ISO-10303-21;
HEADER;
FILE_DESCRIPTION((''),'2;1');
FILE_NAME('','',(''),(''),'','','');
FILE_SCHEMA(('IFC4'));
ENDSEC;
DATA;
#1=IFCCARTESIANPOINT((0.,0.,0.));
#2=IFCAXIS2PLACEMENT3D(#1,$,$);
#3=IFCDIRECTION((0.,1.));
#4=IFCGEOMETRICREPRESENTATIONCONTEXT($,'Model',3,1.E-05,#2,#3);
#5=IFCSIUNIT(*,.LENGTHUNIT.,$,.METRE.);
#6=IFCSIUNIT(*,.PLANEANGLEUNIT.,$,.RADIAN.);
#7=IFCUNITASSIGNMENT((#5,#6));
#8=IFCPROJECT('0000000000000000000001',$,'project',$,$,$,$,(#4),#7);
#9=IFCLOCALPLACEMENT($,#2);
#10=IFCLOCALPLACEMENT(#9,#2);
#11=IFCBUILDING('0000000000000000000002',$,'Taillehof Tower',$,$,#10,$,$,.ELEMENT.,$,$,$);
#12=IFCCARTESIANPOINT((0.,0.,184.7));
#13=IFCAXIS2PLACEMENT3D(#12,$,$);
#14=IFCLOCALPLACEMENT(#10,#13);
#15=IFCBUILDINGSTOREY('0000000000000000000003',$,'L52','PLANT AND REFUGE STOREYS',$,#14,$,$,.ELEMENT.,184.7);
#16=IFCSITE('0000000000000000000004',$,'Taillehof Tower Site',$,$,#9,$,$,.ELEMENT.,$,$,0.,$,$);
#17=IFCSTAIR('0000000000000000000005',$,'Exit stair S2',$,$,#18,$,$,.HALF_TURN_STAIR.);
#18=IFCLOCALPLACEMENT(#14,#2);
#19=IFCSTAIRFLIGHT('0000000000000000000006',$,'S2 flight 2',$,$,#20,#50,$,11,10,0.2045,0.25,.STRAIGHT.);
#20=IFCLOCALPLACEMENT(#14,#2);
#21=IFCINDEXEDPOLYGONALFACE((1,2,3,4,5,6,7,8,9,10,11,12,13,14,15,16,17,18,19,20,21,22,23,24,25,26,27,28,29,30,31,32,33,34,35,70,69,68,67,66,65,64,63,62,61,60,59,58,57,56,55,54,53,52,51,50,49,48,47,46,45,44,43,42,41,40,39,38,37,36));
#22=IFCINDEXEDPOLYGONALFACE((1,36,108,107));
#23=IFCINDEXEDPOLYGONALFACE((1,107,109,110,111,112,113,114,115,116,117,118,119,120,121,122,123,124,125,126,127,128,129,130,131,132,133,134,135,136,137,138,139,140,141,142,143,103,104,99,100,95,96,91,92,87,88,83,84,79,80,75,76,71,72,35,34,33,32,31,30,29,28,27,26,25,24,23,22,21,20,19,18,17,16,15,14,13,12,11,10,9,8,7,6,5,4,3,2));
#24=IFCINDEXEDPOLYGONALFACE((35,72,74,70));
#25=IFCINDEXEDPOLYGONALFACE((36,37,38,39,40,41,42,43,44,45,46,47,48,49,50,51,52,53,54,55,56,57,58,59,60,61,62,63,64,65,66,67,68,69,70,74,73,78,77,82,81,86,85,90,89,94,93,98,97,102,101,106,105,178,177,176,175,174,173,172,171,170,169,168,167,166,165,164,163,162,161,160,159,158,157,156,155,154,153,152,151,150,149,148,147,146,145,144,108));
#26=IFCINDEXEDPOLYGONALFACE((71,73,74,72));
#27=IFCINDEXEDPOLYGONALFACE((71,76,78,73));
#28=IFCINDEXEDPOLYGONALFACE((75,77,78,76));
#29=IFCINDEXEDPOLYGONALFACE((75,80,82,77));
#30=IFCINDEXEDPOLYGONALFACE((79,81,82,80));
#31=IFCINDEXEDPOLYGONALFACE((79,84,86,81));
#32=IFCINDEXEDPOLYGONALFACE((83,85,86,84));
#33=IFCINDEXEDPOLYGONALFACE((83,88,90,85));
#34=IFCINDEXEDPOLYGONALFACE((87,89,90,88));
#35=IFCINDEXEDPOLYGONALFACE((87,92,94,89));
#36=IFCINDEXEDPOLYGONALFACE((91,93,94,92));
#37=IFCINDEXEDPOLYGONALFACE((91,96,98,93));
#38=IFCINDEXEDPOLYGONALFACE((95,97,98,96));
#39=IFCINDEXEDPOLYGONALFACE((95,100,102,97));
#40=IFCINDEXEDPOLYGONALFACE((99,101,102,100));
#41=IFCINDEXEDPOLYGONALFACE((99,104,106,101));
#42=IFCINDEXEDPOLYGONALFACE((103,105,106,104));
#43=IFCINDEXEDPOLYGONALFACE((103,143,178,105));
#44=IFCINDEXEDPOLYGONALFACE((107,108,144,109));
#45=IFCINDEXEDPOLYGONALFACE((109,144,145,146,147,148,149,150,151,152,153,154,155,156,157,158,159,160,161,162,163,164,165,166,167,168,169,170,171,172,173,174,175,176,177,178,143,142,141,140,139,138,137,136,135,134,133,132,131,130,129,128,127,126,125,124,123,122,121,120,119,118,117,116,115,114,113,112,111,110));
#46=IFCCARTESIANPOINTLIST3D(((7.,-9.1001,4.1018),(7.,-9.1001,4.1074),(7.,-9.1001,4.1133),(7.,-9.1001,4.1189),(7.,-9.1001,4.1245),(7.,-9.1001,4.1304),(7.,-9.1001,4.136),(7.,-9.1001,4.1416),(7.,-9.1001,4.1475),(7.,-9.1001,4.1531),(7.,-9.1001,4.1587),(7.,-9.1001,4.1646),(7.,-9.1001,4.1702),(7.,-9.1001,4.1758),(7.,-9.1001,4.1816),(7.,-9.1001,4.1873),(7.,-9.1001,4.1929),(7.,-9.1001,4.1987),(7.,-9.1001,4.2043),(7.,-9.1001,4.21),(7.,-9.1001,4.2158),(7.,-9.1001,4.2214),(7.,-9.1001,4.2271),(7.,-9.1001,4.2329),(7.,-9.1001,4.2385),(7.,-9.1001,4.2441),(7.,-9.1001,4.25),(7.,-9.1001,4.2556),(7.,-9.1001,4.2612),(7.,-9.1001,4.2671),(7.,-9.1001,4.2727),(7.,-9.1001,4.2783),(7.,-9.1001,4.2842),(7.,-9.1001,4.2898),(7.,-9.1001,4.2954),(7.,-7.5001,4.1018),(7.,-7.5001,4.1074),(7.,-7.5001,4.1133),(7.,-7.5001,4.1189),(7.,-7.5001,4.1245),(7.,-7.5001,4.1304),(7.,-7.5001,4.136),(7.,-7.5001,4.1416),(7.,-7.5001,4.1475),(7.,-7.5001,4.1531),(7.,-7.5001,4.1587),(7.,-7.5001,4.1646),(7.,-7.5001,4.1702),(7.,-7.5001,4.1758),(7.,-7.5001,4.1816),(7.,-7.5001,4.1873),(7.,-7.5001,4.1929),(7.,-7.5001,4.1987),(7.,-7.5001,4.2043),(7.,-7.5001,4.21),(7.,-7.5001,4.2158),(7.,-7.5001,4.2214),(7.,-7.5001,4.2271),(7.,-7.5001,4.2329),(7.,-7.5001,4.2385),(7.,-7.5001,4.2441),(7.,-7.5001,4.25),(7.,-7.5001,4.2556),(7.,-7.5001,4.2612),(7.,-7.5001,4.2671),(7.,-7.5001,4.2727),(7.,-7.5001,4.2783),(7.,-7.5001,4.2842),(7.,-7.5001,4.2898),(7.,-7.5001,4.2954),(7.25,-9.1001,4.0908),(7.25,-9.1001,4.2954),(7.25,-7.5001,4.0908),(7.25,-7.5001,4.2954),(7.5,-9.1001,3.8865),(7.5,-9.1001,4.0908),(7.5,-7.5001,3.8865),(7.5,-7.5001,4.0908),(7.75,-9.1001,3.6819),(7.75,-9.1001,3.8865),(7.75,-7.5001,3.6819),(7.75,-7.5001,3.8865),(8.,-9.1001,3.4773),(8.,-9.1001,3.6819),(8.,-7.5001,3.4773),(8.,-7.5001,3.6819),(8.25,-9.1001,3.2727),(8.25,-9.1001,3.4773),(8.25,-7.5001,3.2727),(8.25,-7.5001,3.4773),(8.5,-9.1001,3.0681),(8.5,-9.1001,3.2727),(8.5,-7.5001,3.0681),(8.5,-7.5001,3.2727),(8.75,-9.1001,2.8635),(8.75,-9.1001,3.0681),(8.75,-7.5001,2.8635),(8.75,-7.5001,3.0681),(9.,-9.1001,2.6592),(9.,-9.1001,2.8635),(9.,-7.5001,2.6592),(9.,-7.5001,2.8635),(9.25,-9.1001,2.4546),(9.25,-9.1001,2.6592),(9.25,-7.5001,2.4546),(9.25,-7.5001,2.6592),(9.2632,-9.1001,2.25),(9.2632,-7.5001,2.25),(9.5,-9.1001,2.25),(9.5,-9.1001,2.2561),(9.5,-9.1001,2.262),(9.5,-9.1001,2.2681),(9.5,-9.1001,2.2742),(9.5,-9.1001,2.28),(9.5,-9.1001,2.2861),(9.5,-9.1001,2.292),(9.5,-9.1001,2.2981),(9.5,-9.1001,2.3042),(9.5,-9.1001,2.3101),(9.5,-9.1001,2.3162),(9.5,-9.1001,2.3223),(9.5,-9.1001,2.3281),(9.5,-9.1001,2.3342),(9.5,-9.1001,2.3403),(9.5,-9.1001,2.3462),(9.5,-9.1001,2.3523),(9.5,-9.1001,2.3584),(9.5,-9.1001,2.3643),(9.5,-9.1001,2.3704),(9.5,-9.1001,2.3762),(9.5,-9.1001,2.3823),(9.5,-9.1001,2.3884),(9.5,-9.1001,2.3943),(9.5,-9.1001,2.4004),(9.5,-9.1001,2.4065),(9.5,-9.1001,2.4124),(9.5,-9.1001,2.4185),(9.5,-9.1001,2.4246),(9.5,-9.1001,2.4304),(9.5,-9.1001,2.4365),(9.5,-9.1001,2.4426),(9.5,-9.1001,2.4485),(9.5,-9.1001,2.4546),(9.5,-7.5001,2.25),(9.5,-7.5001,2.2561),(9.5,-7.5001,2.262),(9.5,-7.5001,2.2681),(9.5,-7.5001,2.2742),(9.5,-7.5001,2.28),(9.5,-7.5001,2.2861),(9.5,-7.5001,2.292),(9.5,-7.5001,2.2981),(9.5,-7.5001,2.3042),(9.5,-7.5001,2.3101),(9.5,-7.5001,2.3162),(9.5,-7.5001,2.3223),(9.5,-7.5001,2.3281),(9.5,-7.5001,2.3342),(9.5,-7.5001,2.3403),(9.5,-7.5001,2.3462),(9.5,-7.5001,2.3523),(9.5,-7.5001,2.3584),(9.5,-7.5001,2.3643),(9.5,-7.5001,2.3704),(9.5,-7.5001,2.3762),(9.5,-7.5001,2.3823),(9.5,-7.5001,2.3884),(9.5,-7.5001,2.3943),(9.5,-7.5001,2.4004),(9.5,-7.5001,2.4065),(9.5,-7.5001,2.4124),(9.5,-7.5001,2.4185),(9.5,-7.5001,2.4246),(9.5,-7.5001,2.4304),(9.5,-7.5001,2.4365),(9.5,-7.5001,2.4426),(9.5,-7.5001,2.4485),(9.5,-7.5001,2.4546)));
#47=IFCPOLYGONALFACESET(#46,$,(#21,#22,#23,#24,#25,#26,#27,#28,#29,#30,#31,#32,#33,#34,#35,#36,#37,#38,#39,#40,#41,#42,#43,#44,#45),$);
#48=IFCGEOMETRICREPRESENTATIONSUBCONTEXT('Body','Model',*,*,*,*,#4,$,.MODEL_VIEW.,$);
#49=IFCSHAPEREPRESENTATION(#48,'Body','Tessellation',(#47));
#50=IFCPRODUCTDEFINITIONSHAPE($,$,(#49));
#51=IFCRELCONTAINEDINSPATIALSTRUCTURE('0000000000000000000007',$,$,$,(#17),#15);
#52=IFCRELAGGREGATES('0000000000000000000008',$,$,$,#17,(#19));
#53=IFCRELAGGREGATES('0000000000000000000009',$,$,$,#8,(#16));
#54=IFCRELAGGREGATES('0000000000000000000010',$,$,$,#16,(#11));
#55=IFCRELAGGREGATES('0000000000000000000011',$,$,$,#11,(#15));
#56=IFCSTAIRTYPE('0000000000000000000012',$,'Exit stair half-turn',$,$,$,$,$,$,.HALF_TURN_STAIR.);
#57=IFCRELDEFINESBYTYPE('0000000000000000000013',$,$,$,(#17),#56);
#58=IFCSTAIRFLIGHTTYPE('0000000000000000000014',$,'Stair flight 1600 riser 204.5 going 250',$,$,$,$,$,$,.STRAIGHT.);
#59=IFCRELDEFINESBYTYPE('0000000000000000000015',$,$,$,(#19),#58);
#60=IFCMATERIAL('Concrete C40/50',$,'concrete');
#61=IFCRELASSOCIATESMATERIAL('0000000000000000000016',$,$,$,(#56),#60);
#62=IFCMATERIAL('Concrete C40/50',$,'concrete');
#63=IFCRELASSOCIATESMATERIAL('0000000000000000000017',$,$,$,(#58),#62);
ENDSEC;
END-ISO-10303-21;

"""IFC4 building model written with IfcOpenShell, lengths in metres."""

from ifc_helpers import new_model, si_unit, direction, frame, origin, place, context, subcontext, project, spatial, polyline, outline, extrude, material, type_object, element, aggregate, save


model = new_model("IFC4")

# Units and contexts
model_context = context("Model", 3, precision=1e-05, world=origin(), true_north=direction((0.0, 1.0)))
body_context = subcontext(model_context, "Body", "Model", "MODEL_VIEW")
ifc_project = project(units=[si_unit("LENGTHUNIT", "METRE"), si_unit("PLANEANGLEUNIT", "RADIAN")], contexts=[model_context])

# Site, building, storey
site_placement = place(None, origin())
site = spatial("IfcSite", under=ifc_project, at=site_placement, Name="Taillehof Tower Site", CompositionType="ELEMENT", RefElevation=0.0)
building_placement = place(site_placement, origin())
building = spatial("IfcBuilding", under=site, at=building_placement, Name="Taillehof Tower", CompositionType="ELEMENT")
storey_placement = place(building_placement, frame((0.0, 0.0, 184.7)))
storey = spatial("IfcBuildingStorey", under=building, at=storey_placement, Name="L52", Description="PLANT AND REFUGE STOREYS", CompositionType="ELEMENT", Elevation=184.7)

# Stair, stair flight
ifc_material_1 = material(Name="Concrete C40/50", Category="concrete")
stair_type = type_object("IfcStairType", Name="Exit stair half-turn", PredefinedType="HALF_TURN_STAIR", material=ifc_material_1)
stair_placement = place(storey_placement, origin())
stair = element("IfcStair", 1, at=stair_placement, inside=storey, type_object=stair_type, Name="Exit stair S2", PredefinedType="HALF_TURN_STAIR")
ifc_material_2 = material(Name="Concrete C40/50", Category="concrete")
stair_flight_type = type_object("IfcStairFlightType", Name="Stair flight 1600 riser 204.5 going 250", PredefinedType="STRAIGHT", material=ifc_material_2)
stair_flight_1_placement = place(storey_placement, frame((9.5, -8.3, 2.25), z_axis=(0.0, 0.0, 1.0), x_axis=(-1.0, 0.0, 0.0)))
stair_flight_1 = element("IfcStairFlight", 2, at=stair_flight_1_placement, type_object=stair_flight_type, Name="S2 flight 2", NumberOfRisers=11, NumberOfTreads=10, PredefinedType="STRAIGHT", RiserHeight=0.2045, TreadLength=0.25, context=body_context, shape_type="SweptSolid", body=[
    extrude(outline(polyline([(0.0, 0.0), (0.0, 0.0061), (0.0, 0.012), (0.0, 0.0181), (0.0, 0.0242), (0.0, 0.03), (0.0, 0.0361), (0.0, 0.042), (0.0, 0.0481), (0.0, 0.0542), (0.0, 0.0601), (0.0, 0.0662), (0.0, 0.0723), (0.0, 0.0781), (0.0, 0.0842), (0.0, 0.0903), (0.0, 0.0962), (0.0, 0.1023), (0.0, 0.1084), (0.0, 0.1143), (0.0, 0.1204), (0.0, 0.1262), (0.0, 0.1323), (0.0, 0.1384), (0.0, 0.1443), (0.0, 0.1504), (0.0, 0.1565), (0.0, 0.1624), (0.0, 0.1685), (0.0, 0.1746), (0.0, 0.1804), (0.0, 0.1865), (0.0, 0.1926), (0.0, 0.1985), (0.0, 0.2046), (0.25, 0.2046), (0.25, 0.4092), (0.5, 0.4092), (0.5, 0.6135), (0.75, 0.6135), (0.75, 0.8181), (1.0, 0.8181), (1.0, 1.0227), (1.25, 1.0227), (1.25, 1.2273), (1.5, 1.2273), (1.5, 1.4319), (1.75, 1.4319), (1.75, 1.6365), (2.0, 1.6365), (2.0, 1.8408), (2.25, 1.8408), (2.25, 2.0454), (2.5, 2.0454), (2.5, 2.0398), (2.5, 2.0342), (2.5, 2.0283), (2.5, 2.0227), (2.5, 2.0171), (2.5, 2.0112), (2.5, 2.0056), (2.5, 2.0), (2.5, 1.9941), (2.5, 1.9885), (2.5, 1.9829), (2.5, 1.9771), (2.5, 1.9714), (2.5, 1.9658), (2.5, 1.96), (2.5, 1.9543), (2.5, 1.9487), (2.5, 1.9429), (2.5, 1.9373), (2.5, 1.9316), (2.5, 1.9258), (2.5, 1.9202), (2.5, 1.9146), (2.5, 1.9087), (2.5, 1.9031), (2.5, 1.8975), (2.5, 1.8916), (2.5, 1.886), (2.5, 1.8804), (2.5, 1.8745), (2.5, 1.8689), (2.5, 1.8633), (2.5, 1.8574), (2.5, 1.8518), (0.2368, 0.0), (0.0, 0.0)])), frame((0.0, 0.8, 0.0), z_axis=(0.0, -1.0, 0.0), x_axis=(1.0, 0.0, 0.0)), (0.0, 0.0, 1.0), 1.6),
])
aggregate(stair, [stair_flight_1])

save(model, "model.ifc")
